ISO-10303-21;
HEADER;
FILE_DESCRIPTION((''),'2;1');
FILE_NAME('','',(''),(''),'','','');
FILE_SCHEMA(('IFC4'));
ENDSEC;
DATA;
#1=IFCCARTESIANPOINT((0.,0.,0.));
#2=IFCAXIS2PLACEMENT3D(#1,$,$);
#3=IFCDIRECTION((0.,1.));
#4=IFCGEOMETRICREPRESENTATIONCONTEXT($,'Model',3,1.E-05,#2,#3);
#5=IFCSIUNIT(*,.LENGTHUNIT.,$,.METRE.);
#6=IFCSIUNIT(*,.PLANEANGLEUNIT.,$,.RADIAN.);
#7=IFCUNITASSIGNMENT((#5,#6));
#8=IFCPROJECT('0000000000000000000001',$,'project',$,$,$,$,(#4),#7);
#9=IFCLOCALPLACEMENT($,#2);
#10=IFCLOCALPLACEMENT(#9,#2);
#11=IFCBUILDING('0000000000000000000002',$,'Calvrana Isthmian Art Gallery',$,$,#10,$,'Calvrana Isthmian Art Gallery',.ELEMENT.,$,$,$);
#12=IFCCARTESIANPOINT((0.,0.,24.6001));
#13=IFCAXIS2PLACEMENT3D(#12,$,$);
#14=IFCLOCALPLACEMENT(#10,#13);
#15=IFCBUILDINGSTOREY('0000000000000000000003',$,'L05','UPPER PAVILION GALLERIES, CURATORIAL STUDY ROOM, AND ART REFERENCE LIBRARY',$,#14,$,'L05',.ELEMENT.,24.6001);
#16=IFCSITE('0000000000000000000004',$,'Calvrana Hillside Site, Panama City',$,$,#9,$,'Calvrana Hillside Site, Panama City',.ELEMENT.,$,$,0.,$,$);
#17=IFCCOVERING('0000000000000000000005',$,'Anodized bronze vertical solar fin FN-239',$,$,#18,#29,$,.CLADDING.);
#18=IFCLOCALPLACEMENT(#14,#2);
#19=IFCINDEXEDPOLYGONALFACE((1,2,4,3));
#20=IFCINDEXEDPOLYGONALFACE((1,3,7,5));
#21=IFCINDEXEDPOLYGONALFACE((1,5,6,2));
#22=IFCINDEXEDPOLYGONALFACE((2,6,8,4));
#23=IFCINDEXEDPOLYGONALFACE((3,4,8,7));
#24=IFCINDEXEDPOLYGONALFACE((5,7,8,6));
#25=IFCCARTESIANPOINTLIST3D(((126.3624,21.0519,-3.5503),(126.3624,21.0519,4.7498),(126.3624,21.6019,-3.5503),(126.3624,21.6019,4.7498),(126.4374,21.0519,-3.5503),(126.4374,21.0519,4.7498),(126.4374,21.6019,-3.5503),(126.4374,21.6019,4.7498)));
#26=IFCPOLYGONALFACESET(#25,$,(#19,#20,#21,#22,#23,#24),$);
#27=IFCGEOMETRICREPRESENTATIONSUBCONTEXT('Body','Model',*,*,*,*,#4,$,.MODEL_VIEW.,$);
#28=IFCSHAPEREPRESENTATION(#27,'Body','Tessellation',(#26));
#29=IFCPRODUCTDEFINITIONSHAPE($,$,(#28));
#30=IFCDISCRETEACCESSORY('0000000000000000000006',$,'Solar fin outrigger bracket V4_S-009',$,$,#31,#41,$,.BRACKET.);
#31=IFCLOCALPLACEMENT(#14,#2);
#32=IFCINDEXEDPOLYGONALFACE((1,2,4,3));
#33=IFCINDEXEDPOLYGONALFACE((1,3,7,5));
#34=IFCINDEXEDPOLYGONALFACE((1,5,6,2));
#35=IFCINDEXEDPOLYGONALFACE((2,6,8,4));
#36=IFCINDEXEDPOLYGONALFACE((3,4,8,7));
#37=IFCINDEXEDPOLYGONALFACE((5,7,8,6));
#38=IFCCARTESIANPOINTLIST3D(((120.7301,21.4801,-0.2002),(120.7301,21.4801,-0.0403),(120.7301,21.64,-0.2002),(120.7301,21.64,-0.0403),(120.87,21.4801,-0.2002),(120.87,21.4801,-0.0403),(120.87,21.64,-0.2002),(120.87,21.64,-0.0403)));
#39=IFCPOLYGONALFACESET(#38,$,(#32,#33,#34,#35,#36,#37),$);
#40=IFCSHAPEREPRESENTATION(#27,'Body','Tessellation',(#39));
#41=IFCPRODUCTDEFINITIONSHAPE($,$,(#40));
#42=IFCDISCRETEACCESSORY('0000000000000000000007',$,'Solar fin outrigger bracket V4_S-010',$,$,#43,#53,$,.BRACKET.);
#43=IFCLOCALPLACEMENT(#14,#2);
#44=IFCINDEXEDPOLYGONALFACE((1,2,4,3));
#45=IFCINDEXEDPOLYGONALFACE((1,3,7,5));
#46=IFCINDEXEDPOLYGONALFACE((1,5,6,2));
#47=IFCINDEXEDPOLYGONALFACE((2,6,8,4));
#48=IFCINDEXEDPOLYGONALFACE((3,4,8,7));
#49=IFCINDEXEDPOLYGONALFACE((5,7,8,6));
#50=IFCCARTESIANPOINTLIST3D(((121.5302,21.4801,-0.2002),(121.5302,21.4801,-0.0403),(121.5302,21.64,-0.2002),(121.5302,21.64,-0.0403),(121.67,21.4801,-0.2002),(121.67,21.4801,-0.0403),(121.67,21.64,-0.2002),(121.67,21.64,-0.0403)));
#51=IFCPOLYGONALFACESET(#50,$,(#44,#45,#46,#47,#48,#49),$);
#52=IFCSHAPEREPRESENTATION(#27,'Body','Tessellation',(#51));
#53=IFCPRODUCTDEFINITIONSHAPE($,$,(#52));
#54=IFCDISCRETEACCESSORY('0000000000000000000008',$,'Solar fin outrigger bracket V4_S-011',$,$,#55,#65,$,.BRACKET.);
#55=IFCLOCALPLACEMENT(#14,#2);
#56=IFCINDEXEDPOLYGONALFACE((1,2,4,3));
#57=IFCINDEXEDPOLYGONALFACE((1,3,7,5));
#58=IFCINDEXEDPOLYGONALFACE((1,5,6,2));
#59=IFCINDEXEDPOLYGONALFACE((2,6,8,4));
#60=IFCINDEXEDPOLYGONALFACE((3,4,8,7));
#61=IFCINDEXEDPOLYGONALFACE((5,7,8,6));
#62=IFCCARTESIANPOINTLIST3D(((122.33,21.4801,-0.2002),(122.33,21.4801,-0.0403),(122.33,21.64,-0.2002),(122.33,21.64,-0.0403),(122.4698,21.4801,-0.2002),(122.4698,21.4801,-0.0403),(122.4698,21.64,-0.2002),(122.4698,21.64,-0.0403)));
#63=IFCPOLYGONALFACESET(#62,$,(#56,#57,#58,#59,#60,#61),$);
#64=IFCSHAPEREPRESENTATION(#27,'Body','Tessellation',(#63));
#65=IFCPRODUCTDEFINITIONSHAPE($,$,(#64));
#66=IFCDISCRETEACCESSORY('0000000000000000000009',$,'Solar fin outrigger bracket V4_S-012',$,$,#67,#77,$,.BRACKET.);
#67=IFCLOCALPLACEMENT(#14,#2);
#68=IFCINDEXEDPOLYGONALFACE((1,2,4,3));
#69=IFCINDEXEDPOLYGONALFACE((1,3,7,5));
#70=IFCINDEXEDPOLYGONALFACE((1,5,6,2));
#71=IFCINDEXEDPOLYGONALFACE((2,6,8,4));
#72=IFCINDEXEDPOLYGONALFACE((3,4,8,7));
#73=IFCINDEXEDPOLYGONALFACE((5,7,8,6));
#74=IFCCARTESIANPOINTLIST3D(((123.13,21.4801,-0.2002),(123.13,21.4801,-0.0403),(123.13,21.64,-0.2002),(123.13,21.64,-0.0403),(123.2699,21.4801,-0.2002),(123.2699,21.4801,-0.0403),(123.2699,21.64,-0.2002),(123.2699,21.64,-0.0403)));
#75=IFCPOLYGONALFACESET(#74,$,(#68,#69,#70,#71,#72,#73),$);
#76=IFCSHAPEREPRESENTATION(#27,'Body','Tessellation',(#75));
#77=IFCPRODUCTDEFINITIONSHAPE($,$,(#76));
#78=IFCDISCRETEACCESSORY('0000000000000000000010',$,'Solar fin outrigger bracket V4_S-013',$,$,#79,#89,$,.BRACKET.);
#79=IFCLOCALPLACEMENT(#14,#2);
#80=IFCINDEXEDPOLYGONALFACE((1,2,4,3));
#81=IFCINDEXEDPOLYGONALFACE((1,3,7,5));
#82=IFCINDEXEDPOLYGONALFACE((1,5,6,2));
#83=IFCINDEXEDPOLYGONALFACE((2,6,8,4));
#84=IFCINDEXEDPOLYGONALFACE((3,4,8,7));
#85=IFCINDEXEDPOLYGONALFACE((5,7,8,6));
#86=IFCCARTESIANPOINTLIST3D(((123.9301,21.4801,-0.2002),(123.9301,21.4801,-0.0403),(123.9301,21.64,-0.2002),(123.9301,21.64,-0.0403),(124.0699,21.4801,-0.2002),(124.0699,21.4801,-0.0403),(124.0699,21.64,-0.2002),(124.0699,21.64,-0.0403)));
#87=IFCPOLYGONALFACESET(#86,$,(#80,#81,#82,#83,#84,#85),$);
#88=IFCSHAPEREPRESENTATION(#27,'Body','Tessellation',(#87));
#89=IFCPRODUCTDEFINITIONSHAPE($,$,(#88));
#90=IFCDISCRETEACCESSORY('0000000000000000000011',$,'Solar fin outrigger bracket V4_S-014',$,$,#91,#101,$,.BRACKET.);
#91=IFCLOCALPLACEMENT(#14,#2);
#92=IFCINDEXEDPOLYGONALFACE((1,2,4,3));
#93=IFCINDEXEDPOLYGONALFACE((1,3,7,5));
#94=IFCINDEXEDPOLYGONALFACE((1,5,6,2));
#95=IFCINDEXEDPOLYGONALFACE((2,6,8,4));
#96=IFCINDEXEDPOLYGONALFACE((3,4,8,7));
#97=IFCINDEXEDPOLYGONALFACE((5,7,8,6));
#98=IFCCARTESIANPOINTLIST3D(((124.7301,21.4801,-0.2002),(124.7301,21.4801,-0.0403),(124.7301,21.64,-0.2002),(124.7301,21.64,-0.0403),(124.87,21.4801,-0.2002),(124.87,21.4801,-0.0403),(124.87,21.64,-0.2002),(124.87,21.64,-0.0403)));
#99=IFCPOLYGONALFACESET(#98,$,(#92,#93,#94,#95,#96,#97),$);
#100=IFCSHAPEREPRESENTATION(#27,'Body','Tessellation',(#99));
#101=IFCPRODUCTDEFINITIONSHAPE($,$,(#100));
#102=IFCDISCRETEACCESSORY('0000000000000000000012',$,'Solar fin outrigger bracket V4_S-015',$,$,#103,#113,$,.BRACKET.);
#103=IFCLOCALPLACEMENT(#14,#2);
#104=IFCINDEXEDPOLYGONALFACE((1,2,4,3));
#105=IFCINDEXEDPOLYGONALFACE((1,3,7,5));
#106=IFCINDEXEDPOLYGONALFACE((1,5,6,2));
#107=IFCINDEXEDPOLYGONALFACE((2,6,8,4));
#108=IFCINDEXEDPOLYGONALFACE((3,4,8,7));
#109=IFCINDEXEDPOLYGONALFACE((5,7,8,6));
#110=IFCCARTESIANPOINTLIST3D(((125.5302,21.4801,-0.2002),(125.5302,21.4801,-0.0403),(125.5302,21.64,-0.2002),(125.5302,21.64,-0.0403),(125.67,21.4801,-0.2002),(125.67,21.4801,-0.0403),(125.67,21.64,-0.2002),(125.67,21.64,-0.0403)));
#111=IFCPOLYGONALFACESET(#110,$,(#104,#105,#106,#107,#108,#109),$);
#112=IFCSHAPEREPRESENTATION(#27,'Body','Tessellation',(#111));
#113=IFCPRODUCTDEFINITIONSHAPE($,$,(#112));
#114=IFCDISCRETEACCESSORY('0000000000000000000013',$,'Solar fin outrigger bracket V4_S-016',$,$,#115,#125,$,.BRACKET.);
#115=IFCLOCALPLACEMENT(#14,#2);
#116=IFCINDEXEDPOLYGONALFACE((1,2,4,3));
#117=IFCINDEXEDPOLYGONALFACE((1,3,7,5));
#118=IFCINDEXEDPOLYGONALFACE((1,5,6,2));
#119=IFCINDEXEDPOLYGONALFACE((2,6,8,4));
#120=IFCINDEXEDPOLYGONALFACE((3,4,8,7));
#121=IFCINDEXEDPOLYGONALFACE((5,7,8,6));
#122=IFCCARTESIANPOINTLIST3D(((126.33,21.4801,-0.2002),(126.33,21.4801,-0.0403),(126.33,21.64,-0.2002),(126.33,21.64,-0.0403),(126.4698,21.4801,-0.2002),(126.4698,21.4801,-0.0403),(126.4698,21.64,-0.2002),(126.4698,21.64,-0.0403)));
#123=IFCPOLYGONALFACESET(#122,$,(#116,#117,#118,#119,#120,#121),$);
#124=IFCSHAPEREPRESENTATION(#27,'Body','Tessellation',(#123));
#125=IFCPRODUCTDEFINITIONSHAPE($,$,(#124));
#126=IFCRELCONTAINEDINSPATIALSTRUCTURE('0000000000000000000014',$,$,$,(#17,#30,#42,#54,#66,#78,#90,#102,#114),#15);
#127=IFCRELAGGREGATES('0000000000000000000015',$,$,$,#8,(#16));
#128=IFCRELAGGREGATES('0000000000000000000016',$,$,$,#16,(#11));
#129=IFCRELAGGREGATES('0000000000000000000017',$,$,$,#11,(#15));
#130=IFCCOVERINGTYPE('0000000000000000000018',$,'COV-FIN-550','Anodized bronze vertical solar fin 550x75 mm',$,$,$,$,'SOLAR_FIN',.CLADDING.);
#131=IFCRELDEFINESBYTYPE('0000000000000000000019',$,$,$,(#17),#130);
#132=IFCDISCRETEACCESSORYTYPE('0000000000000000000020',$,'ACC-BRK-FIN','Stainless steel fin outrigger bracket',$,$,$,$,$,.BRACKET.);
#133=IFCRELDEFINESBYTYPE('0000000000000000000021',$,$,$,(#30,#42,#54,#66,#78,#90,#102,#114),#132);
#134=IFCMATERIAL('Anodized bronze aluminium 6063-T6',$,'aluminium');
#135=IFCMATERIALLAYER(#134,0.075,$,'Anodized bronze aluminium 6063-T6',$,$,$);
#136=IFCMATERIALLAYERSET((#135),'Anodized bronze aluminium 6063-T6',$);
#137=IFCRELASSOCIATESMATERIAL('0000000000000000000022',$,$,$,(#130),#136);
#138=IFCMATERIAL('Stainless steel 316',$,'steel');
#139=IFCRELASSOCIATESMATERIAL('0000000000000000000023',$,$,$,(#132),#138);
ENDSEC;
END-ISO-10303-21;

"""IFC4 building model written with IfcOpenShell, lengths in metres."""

from ifc_helpers import new_model, si_unit, direction, frame, origin, origin_2d, place, context, subcontext, project, spatial, rectangle, extrude, material, layer, layer_set, type_object, element, save


model = new_model("IFC4")

# Units and contexts
model_context = context("Model", 3, precision=1e-05, world=origin(), true_north=direction((0.0, 1.0)))
body_context = subcontext(model_context, "Body", "Model", "MODEL_VIEW")
ifc_project = project(units=[si_unit("LENGTHUNIT", "METRE"), si_unit("PLANEANGLEUNIT", "RADIAN")], contexts=[model_context])

# Site, building, storey
site_placement = place(None, origin())
site = spatial("IfcSite", under=ifc_project, at=site_placement, Name="Calvrana Hillside Site, Panama City", LongName="Calvrana Hillside Site, Panama City", CompositionType="ELEMENT", RefElevation=0.0)
building_placement = place(site_placement, origin())
building = spatial("IfcBuilding", under=site, at=building_placement, Name="Calvrana Isthmian Art Gallery", LongName="Calvrana Isthmian Art Gallery", CompositionType="ELEMENT")
storey_placement = place(building_placement, frame((0.0, 0.0, 24.6001)))
storey = spatial("IfcBuildingStorey", under=building, at=storey_placement, Name="L05", Description="UPPER PAVILION GALLERIES, CURATORIAL STUDY ROOM, AND ART REFERENCE LIBRARY", LongName="L05", CompositionType="ELEMENT", Elevation=24.6001)

# Covering
ifc_material_1 = material(Name="Anodized bronze aluminium 6063-T6", Category="aluminium")
ifc_layer_1 = layer(ifc_material_1, 0.075, Name="Anodized bronze aluminium 6063-T6")
ifc_layer_set_1 = layer_set([ifc_layer_1], Name="Anodized bronze aluminium 6063-T6")
covering_type = type_object("IfcCoveringType", Name="COV-FIN-550", Description="Anodized bronze vertical solar fin 550x75 mm", ElementType="SOLAR_FIN", PredefinedType="CLADDING", material=ifc_layer_set_1)
covering_1_placement = place(storey_placement, frame((126.3999, 21.3269, -3.5503), z_axis=(0.0, 0.0, 1.0), x_axis=(1.0, 0.0, 0.0)))
element("IfcCovering", 1, at=covering_1_placement, inside=storey, type_object=covering_type, Name="Anodized bronze vertical solar fin FN-239", PredefinedType="CLADDING", context=body_context, shape_type="SweptSolid", body=[
    extrude(rectangle(XDim=0.075, YDim=0.55, at=origin_2d()), origin(), (0.0, 0.0, 1.0), 8.3),
])

# Discrete accessories
ifc_material_2 = material(Name="Stainless steel 316", Category="steel")
discrete_accessory_type = type_object("IfcDiscreteAccessoryType", Name="ACC-BRK-FIN", Description="Stainless steel fin outrigger bracket", PredefinedType="BRACKET", material=ifc_material_2)
for number, where, z_axis, x_axis, name in (
    (2, (120.8, 21.5601, -0.2002), (0.0, 0.0, 1.0), (1.0, 0.0, 0.0), "Solar fin outrigger bracket V4_S-009"),
    (3, (121.6001, 21.5601, -0.2002), (0.0, 0.0, 1.0), (1.0, 0.0, 0.0), "Solar fin outrigger bracket V4_S-010"),
    (4, (122.3999, 21.5601, -0.2002), (0.0, 0.0, 1.0), (1.0, 0.0, 0.0), "Solar fin outrigger bracket V4_S-011"),
    (5, (123.2, 21.5601, -0.2002), (0.0, 0.0, 1.0), (1.0, 0.0, 0.0), "Solar fin outrigger bracket V4_S-012"),
    (6, (124.0, 21.5601, -0.2002), (0.0, 0.0, 1.0), (1.0, 0.0, 0.0), "Solar fin outrigger bracket V4_S-013"),
    (7, (124.8, 21.5601, -0.2002), (0.0, 0.0, 1.0), (1.0, 0.0, 0.0), "Solar fin outrigger bracket V4_S-014"),
    (8, (125.6001, 21.5601, -0.2002), (0.0, 0.0, 1.0), (1.0, 0.0, 0.0), "Solar fin outrigger bracket V4_S-015"),
    (9, (126.3999, 21.5601, -0.2002), (0.0, 0.0, 1.0), (1.0, 0.0, 0.0), "Solar fin outrigger bracket V4_S-016"),
):
    element("IfcDiscreteAccessory", number, at=place(storey_placement, frame(where, z_axis=z_axis, x_axis=x_axis)), inside=storey, type_object=discrete_accessory_type, Name=name, PredefinedType="BRACKET", context=body_context, shape_type="SweptSolid", body=[
        extrude(rectangle(XDim=0.1399, YDim=0.1599, at=origin_2d()), origin(), (0.0, 0.0, 1.0), 0.1599),
    ])

save(model, "model.ifc")
